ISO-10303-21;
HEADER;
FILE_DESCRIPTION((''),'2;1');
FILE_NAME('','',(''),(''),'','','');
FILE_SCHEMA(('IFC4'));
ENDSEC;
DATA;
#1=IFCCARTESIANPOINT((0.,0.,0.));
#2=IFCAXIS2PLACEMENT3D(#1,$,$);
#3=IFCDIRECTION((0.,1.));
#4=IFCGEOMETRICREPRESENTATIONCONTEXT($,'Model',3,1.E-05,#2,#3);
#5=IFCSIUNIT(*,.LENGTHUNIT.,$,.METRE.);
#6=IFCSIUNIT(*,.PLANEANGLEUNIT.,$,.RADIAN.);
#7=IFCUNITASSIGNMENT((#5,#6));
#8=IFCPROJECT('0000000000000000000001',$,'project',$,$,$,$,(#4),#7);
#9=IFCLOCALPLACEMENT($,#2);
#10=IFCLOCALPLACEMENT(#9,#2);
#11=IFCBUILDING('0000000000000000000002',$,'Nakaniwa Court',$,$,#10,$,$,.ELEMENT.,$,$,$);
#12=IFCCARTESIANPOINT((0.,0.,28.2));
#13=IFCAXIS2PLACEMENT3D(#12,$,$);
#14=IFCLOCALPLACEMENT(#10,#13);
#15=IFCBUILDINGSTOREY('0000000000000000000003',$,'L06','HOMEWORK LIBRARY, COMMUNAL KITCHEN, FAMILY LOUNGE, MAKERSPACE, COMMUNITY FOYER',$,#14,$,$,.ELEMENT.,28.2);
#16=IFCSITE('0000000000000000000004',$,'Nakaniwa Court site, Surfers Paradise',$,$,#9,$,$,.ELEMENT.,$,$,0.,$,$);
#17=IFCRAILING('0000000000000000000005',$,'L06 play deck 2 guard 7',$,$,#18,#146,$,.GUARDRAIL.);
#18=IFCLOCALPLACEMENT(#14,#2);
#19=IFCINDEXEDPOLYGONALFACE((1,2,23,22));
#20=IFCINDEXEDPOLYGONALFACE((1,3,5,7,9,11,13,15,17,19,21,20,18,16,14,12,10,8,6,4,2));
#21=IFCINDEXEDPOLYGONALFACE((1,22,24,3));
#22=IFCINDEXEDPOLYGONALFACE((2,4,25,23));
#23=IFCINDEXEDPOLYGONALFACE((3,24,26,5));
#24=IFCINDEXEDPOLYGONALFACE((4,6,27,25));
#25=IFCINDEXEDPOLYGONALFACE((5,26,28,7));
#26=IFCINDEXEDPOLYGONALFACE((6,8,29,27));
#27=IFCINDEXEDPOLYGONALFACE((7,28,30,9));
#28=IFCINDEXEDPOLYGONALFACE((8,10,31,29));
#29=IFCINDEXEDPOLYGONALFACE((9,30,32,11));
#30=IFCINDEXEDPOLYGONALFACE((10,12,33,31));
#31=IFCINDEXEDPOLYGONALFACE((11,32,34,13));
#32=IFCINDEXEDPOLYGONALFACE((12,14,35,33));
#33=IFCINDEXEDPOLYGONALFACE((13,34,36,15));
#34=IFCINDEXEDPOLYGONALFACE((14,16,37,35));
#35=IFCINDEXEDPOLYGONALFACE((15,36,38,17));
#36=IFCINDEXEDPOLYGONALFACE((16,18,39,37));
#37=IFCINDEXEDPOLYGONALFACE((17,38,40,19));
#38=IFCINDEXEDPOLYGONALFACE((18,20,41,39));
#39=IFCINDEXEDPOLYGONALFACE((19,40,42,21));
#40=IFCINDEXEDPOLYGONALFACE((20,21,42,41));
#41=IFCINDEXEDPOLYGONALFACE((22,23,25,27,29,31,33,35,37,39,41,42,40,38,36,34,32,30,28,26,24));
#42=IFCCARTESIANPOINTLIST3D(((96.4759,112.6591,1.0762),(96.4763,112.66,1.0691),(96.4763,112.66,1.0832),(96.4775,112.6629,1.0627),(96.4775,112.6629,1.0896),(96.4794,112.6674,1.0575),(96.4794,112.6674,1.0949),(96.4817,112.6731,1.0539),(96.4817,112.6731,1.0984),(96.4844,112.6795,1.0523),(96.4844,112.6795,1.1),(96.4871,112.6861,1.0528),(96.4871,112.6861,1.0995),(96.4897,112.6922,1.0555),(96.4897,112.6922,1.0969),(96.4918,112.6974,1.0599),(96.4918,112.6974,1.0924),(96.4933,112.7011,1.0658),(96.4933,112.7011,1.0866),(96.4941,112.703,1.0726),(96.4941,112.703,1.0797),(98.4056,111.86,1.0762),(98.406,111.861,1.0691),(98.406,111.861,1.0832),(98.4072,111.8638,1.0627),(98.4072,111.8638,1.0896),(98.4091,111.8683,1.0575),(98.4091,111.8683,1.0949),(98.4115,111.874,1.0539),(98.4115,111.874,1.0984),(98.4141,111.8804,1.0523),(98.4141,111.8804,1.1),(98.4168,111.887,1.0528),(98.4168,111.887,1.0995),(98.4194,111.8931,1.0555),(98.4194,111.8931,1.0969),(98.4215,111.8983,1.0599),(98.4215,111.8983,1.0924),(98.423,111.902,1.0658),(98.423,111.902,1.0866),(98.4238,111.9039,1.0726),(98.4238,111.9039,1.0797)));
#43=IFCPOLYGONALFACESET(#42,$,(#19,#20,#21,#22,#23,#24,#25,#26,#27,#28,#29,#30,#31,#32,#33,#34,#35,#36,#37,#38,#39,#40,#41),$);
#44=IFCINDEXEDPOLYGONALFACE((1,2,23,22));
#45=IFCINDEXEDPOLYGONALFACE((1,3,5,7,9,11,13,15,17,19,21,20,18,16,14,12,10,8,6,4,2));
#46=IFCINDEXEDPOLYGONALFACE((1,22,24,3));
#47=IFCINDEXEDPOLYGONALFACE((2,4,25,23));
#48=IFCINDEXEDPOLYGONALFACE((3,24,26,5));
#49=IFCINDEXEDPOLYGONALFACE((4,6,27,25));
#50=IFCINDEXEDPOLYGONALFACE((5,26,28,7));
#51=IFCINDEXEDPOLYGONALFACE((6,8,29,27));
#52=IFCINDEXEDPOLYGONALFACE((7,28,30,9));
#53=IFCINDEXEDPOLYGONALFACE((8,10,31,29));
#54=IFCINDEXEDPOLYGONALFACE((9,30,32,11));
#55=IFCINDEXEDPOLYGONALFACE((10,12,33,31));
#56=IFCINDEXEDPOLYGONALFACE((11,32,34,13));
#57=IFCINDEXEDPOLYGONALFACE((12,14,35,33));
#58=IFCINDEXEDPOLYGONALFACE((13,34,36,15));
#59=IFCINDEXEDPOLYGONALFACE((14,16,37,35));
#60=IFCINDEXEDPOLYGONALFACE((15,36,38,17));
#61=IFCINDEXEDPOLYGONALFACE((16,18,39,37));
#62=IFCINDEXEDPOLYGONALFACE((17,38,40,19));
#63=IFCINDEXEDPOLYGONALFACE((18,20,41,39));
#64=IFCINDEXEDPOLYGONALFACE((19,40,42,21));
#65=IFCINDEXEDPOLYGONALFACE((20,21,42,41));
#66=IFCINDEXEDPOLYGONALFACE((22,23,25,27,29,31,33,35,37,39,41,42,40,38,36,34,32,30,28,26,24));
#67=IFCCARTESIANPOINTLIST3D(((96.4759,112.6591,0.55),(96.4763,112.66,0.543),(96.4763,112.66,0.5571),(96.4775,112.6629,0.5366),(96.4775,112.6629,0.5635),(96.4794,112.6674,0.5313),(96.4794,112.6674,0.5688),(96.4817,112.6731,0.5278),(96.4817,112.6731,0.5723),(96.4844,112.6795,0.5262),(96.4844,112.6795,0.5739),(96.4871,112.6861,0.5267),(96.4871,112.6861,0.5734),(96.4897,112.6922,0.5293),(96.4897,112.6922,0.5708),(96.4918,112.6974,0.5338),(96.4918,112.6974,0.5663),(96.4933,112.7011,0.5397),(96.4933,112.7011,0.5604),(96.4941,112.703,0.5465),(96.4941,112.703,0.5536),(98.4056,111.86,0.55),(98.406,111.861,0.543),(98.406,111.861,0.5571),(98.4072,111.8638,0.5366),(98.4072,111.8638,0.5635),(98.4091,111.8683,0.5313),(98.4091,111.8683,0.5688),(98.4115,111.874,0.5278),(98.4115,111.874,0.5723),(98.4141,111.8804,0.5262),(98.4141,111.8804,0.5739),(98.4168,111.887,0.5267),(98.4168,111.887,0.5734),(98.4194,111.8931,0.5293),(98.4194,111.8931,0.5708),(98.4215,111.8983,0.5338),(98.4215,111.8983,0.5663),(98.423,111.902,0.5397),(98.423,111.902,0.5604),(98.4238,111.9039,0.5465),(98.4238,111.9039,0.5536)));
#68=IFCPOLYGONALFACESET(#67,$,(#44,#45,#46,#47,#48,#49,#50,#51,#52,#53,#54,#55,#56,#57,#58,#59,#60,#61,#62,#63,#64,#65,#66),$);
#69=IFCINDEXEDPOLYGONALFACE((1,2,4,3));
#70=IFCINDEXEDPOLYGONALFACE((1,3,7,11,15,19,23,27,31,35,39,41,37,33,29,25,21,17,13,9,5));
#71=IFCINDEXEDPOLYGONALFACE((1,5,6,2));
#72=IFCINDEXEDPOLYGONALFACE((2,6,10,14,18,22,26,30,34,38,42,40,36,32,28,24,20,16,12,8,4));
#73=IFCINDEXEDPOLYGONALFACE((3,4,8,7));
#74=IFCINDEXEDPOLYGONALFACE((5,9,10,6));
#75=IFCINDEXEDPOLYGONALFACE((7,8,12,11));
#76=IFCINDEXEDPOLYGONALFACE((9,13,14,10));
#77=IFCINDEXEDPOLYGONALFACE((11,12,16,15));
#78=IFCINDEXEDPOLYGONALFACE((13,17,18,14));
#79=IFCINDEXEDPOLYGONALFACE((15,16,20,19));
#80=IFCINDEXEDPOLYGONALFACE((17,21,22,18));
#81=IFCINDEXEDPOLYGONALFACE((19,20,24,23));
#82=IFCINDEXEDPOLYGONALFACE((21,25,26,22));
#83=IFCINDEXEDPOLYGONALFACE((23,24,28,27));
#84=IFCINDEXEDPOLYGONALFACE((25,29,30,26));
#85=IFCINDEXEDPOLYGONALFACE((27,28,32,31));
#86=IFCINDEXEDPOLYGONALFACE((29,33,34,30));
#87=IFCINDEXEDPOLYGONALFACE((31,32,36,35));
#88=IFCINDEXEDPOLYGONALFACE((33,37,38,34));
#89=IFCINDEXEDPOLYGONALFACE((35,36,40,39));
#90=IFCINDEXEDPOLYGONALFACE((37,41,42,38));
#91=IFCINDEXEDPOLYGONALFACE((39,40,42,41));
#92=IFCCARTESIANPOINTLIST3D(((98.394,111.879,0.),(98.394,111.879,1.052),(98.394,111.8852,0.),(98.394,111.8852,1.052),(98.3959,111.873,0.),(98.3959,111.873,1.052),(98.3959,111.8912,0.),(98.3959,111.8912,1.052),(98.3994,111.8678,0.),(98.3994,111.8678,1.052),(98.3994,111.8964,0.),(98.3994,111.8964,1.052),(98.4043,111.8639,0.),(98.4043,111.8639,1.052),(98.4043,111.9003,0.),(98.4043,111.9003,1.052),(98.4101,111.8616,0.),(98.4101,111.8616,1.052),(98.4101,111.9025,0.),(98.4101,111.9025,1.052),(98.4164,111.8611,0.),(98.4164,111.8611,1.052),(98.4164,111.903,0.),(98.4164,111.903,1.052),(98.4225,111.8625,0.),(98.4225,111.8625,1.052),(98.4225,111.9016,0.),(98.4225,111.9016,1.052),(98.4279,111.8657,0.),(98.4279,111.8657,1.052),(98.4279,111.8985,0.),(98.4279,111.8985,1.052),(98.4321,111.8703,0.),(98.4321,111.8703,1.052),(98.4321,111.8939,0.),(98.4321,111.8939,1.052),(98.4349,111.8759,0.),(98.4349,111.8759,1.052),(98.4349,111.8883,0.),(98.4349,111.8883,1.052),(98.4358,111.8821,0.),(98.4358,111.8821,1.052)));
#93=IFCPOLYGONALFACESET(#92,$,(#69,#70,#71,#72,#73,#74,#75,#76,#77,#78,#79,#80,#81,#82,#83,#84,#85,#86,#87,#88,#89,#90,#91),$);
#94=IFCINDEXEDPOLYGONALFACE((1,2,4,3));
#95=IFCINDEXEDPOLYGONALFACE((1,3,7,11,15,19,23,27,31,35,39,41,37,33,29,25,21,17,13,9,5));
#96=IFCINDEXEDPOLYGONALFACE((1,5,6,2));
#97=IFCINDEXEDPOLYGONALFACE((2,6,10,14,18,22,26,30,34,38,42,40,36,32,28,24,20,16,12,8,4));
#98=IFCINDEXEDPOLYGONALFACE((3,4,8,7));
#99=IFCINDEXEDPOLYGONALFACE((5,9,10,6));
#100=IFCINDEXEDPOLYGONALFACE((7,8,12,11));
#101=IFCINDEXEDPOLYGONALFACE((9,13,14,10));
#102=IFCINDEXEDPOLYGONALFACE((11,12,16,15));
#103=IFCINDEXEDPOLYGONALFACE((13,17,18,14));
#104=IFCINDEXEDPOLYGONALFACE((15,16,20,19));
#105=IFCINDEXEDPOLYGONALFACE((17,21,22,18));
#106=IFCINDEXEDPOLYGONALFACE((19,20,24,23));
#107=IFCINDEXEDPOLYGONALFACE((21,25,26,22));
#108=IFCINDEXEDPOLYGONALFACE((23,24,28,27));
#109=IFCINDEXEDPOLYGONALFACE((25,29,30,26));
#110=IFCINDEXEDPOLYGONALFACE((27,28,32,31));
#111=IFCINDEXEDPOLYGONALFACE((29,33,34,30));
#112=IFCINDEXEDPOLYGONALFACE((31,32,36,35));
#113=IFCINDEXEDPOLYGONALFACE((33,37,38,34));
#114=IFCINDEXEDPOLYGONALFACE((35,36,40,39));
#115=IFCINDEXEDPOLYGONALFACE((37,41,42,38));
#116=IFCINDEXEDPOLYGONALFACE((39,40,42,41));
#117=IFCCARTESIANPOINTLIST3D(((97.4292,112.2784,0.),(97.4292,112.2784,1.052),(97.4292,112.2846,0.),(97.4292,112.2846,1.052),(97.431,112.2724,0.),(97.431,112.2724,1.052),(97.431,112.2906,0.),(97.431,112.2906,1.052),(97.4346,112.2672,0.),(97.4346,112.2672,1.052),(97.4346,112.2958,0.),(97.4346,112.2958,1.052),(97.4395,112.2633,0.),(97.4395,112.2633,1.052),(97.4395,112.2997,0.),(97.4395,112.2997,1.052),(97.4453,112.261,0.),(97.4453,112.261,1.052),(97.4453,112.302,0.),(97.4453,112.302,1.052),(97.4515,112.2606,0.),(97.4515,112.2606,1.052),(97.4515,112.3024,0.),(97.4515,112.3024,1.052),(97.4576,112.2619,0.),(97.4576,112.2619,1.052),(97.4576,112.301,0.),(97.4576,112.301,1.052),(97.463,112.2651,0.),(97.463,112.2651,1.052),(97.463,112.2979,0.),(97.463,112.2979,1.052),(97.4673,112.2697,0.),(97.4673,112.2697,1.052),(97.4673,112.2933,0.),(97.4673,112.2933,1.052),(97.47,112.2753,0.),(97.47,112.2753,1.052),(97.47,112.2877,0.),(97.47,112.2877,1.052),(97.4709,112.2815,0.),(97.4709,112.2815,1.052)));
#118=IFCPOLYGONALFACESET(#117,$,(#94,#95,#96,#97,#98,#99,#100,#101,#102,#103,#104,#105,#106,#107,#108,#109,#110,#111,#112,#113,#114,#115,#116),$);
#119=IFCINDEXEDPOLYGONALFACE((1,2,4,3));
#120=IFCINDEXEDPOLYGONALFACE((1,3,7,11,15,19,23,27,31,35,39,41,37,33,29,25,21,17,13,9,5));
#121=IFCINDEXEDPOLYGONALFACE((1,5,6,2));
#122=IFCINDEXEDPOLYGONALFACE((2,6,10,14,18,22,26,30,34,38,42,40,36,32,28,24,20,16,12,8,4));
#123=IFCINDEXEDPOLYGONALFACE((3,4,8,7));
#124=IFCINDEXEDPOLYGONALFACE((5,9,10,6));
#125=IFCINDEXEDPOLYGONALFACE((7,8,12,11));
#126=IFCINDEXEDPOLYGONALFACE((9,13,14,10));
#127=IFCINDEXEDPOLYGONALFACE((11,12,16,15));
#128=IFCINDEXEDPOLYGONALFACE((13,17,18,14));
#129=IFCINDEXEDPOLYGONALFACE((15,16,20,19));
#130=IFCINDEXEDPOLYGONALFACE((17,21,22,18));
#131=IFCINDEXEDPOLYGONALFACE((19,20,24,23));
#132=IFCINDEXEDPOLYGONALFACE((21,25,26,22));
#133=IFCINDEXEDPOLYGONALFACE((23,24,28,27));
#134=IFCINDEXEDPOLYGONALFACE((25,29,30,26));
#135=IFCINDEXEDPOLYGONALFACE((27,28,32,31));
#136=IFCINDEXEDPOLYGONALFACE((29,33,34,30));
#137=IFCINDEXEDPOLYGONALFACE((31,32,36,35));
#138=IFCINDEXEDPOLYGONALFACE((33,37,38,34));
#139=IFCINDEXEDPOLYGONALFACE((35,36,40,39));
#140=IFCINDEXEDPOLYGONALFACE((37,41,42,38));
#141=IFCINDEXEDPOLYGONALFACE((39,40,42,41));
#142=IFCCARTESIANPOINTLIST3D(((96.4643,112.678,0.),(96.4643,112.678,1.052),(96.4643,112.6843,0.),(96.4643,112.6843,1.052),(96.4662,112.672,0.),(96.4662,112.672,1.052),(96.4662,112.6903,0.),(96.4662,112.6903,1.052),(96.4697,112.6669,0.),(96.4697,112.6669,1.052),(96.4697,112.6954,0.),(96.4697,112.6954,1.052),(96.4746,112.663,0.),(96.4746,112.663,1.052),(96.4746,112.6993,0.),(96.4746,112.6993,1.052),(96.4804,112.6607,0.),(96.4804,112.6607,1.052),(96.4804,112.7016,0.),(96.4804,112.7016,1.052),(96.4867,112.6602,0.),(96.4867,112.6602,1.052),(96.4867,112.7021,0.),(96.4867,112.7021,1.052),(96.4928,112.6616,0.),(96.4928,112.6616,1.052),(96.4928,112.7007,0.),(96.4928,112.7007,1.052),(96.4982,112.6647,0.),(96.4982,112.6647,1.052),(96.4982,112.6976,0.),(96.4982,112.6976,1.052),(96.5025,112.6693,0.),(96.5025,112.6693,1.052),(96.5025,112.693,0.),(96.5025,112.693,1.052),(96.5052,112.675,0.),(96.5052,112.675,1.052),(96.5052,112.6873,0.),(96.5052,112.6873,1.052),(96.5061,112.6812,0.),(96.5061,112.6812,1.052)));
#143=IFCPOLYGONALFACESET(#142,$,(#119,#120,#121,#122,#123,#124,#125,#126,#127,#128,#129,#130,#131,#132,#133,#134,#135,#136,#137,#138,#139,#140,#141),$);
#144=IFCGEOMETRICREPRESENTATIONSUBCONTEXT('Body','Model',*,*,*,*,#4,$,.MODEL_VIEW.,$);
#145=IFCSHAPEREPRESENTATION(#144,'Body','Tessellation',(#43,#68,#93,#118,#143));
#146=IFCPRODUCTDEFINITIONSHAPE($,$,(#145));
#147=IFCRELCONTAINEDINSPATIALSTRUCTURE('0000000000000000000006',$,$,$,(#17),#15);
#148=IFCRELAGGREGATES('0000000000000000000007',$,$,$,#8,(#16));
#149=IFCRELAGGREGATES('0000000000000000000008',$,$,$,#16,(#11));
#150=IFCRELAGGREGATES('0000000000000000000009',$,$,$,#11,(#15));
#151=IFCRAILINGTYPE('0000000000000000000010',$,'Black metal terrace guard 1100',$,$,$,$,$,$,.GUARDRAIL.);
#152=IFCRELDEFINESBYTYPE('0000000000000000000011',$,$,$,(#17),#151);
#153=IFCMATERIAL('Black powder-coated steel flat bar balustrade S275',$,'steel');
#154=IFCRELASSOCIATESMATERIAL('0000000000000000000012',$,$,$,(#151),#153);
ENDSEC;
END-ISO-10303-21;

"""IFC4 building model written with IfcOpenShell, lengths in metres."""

from ifc_helpers import new_model, si_unit, direction, frame, origin, origin_2d, place, context, subcontext, project, spatial, circle, extrude, material, type_object, element, save


model = new_model("IFC4")

# Units and contexts
model_context = context("Model", 3, precision=1e-05, world=origin(), true_north=direction((0.0, 1.0)))
body_context = subcontext(model_context, "Body", "Model", "MODEL_VIEW")
ifc_project = project(units=[si_unit("LENGTHUNIT", "METRE"), si_unit("PLANEANGLEUNIT", "RADIAN")], contexts=[model_context])

# Site, building, storey
site_placement = place(None, origin())
site = spatial("IfcSite", under=ifc_project, at=site_placement, Name="Nakaniwa Court site, Surfers Paradise", CompositionType="ELEMENT", RefElevation=0.0)
building_placement = place(site_placement, origin())
building = spatial("IfcBuilding", under=site, at=building_placement, Name="Nakaniwa Court", CompositionType="ELEMENT")
storey_placement = place(building_placement, frame((0.0, 0.0, 28.2)))
storey = spatial("IfcBuildingStorey", under=building, at=storey_placement, Name="L06", Description="HOMEWORK LIBRARY, COMMUNAL KITCHEN, FAMILY LOUNGE, MAKERSPACE, COMMUNITY FOYER", CompositionType="ELEMENT", Elevation=28.2)

# Railing
ifc_material_1 = material(Name="Black powder-coated steel flat bar balustrade S275", Category="steel")
railing_type = type_object("IfcRailingType", Name="Black metal terrace guard 1100", PredefinedType="GUARDRAIL", material=ifc_material_1)
railing_1_placement = place(storey_placement, frame((98.4148, 111.8821, 0.0)))
element("IfcRailing", 1, at=railing_1_placement, inside=storey, type_object=railing_type, Name="L06 play deck 2 guard 7", PredefinedType="GUARDRAIL", context=body_context, shape_type="SweptSolid", body=[
    extrude(circle(Radius=0.0239, at=origin_2d()), frame((0.0, 0.0, 1.0762), z_axis=(-0.923919, 0.382589, 0.0), x_axis=(-0.382589, -0.923919, 0.0)), (0.0, 0.0, 1.0), 2.0886),
    extrude(circle(Radius=0.0239, at=origin_2d()), frame((0.0, 0.0, 0.55), z_axis=(-0.923919, 0.382589, 0.0), x_axis=(-0.382589, -0.923919, 0.0)), (0.0, 0.0, 1.0), 2.0886),
    extrude(circle(Radius=0.021, at=origin_2d()), origin(), (0.0, 0.0, 1.0), 1.052),
    extrude(circle(Radius=0.021, at=origin_2d()), frame((-0.9648, 0.3994, 0.0)), (0.0, 0.0, 1.0), 1.052),
    extrude(circle(Radius=0.021, at=origin_2d()), frame((-1.9297, 0.7991, 0.0)), (0.0, 0.0, 1.0), 1.052),
])

save(model, "model.ifc")
